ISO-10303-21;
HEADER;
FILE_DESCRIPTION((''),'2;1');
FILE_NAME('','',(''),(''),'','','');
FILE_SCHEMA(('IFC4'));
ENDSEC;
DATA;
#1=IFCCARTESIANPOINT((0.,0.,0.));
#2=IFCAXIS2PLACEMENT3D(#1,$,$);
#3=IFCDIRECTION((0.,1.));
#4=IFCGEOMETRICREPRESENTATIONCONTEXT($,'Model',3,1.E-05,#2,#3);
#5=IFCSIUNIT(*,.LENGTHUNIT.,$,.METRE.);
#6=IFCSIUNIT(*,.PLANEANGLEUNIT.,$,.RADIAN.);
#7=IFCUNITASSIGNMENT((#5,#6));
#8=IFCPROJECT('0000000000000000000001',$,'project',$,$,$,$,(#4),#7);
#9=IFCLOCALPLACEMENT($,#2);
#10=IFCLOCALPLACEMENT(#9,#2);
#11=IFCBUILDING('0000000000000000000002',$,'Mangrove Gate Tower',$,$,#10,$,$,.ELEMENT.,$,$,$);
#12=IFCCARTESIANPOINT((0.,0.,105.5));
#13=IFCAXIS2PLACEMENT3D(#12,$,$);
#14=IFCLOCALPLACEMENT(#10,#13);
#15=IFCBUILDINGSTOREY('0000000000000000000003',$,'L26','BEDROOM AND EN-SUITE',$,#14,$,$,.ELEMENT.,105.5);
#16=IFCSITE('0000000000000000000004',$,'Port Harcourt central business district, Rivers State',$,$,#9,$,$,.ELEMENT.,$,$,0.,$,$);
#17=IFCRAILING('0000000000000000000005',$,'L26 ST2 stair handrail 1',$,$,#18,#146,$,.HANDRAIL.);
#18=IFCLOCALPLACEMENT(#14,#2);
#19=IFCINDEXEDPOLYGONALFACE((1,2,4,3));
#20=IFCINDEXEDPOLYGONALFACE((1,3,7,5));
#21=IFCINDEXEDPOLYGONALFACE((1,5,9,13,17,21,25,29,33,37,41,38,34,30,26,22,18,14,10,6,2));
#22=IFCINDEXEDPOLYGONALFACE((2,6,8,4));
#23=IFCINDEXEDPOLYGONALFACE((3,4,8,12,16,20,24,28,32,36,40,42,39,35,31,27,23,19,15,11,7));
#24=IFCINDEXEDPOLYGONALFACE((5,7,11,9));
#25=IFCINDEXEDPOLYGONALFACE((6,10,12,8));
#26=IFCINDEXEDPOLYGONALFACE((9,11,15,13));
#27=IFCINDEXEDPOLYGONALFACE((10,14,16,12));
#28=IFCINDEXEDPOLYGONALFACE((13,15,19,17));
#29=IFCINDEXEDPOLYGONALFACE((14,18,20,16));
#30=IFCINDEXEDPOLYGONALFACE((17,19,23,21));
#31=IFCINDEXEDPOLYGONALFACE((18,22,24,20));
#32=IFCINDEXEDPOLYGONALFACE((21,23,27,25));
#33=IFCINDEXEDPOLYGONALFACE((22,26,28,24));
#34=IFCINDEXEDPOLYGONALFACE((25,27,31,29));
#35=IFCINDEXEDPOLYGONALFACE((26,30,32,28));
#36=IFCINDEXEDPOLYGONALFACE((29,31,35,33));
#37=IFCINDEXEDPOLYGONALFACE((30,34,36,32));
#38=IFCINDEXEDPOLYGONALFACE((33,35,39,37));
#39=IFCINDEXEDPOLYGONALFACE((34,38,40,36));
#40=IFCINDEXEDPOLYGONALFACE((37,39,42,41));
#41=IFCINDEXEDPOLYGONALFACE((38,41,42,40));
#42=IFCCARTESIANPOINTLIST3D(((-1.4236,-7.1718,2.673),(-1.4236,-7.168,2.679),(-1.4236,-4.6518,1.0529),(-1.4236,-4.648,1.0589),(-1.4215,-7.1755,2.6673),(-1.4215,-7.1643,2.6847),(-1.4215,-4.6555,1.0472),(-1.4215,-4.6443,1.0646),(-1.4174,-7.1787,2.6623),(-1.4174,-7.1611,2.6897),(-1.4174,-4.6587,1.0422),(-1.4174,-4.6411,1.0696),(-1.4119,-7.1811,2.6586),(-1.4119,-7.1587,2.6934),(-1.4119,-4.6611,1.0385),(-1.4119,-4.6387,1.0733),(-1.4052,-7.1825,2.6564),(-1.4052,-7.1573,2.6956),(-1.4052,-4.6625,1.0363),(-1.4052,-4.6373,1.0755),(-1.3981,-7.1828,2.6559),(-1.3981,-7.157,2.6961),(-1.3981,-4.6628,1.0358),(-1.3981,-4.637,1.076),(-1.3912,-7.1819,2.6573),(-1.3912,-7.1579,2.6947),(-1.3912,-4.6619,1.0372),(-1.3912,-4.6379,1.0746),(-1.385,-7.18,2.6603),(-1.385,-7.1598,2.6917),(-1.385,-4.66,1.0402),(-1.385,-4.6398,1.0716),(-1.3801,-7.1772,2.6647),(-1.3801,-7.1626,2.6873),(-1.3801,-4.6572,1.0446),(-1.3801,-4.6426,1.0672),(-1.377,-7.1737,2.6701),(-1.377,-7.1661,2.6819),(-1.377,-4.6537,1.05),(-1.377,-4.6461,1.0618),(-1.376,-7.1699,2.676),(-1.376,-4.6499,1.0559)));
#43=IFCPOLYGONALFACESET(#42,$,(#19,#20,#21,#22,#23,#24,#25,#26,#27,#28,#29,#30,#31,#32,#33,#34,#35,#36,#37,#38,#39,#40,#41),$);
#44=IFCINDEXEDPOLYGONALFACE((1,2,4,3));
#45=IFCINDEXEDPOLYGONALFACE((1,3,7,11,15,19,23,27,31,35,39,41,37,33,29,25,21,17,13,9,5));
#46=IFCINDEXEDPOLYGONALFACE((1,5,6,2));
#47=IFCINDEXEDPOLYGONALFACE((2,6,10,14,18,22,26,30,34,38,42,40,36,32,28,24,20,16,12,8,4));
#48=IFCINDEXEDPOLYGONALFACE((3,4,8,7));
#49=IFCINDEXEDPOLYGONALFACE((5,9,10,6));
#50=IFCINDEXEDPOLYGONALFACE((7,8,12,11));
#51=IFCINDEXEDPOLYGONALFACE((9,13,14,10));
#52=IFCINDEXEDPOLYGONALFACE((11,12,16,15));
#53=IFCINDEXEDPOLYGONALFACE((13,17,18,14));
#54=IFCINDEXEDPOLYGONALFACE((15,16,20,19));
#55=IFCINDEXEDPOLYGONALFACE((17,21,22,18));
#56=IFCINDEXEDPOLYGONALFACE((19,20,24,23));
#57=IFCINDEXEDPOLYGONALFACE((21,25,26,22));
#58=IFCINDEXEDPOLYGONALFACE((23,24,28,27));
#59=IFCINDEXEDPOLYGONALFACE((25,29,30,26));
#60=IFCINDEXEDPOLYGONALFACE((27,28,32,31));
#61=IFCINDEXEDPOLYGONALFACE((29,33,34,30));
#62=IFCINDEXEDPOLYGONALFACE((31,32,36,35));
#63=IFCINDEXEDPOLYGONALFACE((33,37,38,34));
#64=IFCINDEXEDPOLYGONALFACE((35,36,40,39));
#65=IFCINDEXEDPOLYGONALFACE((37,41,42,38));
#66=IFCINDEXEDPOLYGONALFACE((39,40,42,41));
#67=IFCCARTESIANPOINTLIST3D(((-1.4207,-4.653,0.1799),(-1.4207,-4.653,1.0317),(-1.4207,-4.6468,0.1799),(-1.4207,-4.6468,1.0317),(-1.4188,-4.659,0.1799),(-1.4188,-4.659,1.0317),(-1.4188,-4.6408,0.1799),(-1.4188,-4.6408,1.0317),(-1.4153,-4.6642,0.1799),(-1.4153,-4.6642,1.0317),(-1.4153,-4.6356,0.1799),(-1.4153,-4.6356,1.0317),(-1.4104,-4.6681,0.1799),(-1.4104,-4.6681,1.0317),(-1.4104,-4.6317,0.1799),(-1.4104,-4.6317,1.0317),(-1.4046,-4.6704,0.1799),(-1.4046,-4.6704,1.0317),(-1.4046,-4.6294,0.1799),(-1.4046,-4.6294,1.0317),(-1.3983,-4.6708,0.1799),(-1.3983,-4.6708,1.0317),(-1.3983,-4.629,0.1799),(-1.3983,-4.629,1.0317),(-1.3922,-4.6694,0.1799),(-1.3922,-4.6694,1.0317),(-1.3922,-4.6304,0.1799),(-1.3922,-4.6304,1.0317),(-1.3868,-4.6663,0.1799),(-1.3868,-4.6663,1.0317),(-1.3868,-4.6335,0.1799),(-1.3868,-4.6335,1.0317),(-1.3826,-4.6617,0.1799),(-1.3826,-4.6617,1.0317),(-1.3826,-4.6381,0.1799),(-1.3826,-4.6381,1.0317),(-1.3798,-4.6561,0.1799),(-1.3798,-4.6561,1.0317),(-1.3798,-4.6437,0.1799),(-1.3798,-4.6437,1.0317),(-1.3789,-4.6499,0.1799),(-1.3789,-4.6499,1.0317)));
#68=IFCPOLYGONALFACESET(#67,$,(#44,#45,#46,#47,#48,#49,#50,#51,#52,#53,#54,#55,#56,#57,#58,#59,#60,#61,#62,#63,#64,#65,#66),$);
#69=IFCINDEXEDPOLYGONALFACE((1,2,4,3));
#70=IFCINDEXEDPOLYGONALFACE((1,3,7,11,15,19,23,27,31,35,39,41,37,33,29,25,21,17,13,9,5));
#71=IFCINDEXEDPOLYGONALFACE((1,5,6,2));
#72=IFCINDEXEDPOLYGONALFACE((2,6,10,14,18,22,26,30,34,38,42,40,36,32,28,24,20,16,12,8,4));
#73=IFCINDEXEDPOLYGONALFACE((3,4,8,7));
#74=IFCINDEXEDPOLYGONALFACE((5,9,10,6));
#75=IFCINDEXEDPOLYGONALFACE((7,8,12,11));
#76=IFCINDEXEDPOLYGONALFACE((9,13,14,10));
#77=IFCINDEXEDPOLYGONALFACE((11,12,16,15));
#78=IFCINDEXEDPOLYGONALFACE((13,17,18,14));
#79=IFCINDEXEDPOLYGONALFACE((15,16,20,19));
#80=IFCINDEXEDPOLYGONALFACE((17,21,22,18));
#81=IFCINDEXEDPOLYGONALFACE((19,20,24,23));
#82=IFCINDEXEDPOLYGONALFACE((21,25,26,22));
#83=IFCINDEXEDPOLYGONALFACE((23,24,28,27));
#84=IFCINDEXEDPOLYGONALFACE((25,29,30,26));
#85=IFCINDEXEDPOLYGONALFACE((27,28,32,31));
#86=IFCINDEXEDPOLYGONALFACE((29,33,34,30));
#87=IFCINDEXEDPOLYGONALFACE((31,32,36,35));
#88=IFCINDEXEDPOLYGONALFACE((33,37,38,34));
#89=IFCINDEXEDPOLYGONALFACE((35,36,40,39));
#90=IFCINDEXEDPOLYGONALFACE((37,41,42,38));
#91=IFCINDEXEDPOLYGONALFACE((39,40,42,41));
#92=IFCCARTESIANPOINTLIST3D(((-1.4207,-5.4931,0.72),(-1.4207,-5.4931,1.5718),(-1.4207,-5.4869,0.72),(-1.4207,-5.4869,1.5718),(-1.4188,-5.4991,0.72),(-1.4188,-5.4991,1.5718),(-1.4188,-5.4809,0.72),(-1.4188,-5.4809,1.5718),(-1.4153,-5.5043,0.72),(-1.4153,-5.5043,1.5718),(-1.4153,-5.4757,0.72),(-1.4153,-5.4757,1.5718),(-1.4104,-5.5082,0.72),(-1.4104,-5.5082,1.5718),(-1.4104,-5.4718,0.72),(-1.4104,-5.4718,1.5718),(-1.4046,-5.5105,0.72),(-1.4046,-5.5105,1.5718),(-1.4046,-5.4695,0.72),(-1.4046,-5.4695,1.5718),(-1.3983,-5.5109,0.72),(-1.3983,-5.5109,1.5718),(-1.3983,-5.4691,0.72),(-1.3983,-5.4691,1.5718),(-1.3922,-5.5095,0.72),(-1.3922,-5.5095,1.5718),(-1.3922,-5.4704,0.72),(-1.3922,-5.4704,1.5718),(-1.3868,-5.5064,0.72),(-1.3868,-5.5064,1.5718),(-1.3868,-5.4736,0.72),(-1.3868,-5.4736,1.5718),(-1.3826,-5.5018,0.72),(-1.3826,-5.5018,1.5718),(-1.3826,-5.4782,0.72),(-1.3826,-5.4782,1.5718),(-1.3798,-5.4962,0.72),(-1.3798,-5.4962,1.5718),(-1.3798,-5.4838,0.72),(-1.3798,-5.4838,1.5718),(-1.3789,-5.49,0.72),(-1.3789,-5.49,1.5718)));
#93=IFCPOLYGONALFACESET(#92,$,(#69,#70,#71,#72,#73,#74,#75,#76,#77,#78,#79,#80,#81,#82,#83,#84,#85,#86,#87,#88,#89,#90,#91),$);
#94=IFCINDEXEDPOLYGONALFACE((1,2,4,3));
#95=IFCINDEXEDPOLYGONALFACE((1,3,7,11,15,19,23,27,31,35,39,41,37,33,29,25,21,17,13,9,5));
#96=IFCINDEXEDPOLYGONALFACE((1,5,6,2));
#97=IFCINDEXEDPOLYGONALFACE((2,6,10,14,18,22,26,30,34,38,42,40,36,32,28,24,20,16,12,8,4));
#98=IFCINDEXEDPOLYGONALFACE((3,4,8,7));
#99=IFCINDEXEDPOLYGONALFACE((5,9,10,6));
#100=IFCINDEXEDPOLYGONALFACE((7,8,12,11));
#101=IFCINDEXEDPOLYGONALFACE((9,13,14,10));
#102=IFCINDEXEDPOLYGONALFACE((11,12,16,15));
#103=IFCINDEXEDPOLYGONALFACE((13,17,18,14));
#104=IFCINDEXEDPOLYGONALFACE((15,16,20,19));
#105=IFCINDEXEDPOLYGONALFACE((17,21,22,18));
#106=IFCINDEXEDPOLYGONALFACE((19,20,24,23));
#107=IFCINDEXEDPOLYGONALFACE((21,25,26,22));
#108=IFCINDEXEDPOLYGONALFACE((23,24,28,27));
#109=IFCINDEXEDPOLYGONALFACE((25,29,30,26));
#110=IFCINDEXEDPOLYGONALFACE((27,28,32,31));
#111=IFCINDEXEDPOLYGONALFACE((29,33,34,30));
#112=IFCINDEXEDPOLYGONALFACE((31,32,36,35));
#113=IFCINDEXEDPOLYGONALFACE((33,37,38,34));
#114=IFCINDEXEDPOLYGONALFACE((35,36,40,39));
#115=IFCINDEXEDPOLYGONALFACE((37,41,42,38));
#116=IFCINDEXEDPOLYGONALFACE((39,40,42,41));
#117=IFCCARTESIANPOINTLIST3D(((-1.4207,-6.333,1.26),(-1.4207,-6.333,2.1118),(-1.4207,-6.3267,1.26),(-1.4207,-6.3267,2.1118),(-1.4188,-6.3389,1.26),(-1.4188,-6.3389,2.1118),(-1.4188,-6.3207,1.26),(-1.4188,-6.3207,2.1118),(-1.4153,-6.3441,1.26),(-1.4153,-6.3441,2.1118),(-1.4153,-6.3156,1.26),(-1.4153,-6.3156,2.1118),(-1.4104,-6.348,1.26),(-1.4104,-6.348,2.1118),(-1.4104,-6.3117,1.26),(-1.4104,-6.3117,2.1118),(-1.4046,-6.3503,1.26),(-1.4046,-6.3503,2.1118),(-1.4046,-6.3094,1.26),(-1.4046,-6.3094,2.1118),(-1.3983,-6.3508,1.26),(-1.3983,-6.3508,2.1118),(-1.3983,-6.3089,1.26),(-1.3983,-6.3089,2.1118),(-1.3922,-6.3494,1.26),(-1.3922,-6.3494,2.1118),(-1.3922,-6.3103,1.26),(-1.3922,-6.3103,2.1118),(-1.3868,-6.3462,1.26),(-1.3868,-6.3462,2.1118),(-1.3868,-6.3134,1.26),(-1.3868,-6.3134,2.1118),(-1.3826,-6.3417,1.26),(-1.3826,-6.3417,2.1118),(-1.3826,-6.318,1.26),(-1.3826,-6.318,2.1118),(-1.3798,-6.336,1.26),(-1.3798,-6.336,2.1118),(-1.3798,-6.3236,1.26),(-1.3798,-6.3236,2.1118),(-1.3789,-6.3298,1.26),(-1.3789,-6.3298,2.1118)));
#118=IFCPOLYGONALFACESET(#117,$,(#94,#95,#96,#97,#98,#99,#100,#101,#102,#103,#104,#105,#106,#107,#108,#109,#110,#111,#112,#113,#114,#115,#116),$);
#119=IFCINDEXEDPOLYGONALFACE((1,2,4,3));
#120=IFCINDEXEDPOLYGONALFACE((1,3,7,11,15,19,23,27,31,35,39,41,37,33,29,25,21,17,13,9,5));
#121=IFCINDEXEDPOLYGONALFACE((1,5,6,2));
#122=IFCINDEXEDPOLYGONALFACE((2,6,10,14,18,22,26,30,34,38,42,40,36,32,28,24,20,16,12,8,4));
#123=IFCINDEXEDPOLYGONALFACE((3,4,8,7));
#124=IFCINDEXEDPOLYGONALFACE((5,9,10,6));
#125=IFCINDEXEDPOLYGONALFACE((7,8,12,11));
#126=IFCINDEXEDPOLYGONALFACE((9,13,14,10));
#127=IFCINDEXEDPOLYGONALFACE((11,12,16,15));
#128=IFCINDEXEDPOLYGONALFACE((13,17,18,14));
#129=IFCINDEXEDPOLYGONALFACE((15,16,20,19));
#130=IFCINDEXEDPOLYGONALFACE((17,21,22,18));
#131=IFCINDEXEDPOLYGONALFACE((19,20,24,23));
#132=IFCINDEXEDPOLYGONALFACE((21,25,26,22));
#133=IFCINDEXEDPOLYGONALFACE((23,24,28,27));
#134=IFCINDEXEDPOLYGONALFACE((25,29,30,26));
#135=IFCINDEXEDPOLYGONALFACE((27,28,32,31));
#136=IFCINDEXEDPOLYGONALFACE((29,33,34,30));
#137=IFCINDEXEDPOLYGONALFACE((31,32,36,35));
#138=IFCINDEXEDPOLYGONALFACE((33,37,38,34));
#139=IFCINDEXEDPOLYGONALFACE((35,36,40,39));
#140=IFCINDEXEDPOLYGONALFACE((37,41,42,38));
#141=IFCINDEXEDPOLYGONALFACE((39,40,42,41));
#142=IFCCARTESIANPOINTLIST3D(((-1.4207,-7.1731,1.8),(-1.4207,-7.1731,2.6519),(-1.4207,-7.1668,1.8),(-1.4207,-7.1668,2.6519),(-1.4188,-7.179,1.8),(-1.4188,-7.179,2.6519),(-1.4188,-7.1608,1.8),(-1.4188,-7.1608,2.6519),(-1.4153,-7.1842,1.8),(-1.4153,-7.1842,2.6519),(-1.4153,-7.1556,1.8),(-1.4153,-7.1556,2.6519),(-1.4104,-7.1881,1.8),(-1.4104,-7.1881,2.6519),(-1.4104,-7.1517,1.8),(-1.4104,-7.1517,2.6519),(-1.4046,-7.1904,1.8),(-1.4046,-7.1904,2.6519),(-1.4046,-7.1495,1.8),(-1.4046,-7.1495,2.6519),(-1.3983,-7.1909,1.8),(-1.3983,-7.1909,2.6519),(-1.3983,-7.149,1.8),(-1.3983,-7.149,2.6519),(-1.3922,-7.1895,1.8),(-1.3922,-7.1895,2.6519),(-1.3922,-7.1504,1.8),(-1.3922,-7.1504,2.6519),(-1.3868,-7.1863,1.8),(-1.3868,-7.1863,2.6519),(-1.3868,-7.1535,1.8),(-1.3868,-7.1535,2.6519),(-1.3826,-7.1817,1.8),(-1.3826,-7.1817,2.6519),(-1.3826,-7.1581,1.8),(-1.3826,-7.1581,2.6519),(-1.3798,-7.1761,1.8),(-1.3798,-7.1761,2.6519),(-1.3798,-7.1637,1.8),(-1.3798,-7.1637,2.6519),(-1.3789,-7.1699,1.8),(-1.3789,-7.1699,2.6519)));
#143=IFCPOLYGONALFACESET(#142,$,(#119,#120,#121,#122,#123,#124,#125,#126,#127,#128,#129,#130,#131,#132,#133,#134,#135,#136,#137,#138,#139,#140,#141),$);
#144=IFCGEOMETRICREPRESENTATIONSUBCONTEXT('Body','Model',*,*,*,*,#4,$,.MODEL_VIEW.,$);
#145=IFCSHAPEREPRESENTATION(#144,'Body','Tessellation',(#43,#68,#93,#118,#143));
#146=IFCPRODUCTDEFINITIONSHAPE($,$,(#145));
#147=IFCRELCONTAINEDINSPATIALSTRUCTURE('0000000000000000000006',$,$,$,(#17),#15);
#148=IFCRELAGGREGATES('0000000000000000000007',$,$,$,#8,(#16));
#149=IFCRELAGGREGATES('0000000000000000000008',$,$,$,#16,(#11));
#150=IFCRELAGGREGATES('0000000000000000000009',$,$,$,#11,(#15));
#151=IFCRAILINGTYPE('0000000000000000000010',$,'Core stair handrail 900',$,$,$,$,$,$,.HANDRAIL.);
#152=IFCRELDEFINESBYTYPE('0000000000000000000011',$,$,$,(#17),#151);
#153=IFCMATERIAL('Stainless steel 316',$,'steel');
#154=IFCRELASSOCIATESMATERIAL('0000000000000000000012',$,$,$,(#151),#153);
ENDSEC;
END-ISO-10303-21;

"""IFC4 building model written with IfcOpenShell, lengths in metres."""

from ifc_helpers import new_model, si_unit, direction, frame, origin, origin_2d, place, context, subcontext, project, spatial, circle, extrude, material, type_object, element, save


model = new_model("IFC4")

# Units and contexts
model_context = context("Model", 3, precision=1e-05, world=origin(), true_north=direction((0.0, 1.0)))
body_context = subcontext(model_context, "Body", "Model", "MODEL_VIEW")
ifc_project = project(units=[si_unit("LENGTHUNIT", "METRE"), si_unit("PLANEANGLEUNIT", "RADIAN")], contexts=[model_context])

# Site, building, storey
site_placement = place(None, origin())
site = spatial("IfcSite", under=ifc_project, at=site_placement, Name="Port Harcourt central business district, Rivers State", CompositionType="ELEMENT", RefElevation=0.0)
building_placement = place(site_placement, origin())
building = spatial("IfcBuilding", under=site, at=building_placement, Name="Mangrove Gate Tower", CompositionType="ELEMENT")
storey_placement = place(building_placement, frame((0.0, 0.0, 105.5)))
storey = spatial("IfcBuildingStorey", under=building, at=storey_placement, Name="L26", Description="BEDROOM AND EN-SUITE", CompositionType="ELEMENT", Elevation=105.5)

# Railing
ifc_material_1 = material(Name="Stainless steel 316", Category="steel")
railing_type_1 = type_object("IfcRailingType", Name="Core stair handrail 900", PredefinedType="HANDRAIL", material=ifc_material_1)
railing_1_placement = place(storey_placement, frame((-1.3999, -4.6499, 0.1799)))
element("IfcRailing", 1, at=railing_1_placement, inside=storey, type_object=railing_type_1, Name="L26 ST2 stair handrail 1", PredefinedType="HANDRAIL", context=body_context, shape_type="SweptSolid", body=[
    extrude(circle(Radius=0.0239, at=origin_2d()), frame((0.0, 0.0, 0.876), z_axis=(0.0, -0.841163, 0.540782), x_axis=(1.0, 0.0, 0.0)), (0.0, 0.0, 1.0), 2.9958),
    extrude(circle(Radius=0.021, at=origin_2d()), origin(), (0.0, 0.0, 1.0), 0.8518),
    extrude(circle(Radius=0.021, at=origin_2d()), frame((0.0, -0.8401, 0.54)), (0.0, 0.0, 1.0), 0.8518),
    extrude(circle(Radius=0.021, at=origin_2d()), frame((0.0, -1.6799, 1.0801)), (0.0, 0.0, 1.0), 0.8518),
    extrude(circle(Radius=0.021, at=origin_2d()), frame((0.0, -2.52, 1.6201)), (0.0, 0.0, 1.0), 0.8518),
])

save(model, "model.ifc")
